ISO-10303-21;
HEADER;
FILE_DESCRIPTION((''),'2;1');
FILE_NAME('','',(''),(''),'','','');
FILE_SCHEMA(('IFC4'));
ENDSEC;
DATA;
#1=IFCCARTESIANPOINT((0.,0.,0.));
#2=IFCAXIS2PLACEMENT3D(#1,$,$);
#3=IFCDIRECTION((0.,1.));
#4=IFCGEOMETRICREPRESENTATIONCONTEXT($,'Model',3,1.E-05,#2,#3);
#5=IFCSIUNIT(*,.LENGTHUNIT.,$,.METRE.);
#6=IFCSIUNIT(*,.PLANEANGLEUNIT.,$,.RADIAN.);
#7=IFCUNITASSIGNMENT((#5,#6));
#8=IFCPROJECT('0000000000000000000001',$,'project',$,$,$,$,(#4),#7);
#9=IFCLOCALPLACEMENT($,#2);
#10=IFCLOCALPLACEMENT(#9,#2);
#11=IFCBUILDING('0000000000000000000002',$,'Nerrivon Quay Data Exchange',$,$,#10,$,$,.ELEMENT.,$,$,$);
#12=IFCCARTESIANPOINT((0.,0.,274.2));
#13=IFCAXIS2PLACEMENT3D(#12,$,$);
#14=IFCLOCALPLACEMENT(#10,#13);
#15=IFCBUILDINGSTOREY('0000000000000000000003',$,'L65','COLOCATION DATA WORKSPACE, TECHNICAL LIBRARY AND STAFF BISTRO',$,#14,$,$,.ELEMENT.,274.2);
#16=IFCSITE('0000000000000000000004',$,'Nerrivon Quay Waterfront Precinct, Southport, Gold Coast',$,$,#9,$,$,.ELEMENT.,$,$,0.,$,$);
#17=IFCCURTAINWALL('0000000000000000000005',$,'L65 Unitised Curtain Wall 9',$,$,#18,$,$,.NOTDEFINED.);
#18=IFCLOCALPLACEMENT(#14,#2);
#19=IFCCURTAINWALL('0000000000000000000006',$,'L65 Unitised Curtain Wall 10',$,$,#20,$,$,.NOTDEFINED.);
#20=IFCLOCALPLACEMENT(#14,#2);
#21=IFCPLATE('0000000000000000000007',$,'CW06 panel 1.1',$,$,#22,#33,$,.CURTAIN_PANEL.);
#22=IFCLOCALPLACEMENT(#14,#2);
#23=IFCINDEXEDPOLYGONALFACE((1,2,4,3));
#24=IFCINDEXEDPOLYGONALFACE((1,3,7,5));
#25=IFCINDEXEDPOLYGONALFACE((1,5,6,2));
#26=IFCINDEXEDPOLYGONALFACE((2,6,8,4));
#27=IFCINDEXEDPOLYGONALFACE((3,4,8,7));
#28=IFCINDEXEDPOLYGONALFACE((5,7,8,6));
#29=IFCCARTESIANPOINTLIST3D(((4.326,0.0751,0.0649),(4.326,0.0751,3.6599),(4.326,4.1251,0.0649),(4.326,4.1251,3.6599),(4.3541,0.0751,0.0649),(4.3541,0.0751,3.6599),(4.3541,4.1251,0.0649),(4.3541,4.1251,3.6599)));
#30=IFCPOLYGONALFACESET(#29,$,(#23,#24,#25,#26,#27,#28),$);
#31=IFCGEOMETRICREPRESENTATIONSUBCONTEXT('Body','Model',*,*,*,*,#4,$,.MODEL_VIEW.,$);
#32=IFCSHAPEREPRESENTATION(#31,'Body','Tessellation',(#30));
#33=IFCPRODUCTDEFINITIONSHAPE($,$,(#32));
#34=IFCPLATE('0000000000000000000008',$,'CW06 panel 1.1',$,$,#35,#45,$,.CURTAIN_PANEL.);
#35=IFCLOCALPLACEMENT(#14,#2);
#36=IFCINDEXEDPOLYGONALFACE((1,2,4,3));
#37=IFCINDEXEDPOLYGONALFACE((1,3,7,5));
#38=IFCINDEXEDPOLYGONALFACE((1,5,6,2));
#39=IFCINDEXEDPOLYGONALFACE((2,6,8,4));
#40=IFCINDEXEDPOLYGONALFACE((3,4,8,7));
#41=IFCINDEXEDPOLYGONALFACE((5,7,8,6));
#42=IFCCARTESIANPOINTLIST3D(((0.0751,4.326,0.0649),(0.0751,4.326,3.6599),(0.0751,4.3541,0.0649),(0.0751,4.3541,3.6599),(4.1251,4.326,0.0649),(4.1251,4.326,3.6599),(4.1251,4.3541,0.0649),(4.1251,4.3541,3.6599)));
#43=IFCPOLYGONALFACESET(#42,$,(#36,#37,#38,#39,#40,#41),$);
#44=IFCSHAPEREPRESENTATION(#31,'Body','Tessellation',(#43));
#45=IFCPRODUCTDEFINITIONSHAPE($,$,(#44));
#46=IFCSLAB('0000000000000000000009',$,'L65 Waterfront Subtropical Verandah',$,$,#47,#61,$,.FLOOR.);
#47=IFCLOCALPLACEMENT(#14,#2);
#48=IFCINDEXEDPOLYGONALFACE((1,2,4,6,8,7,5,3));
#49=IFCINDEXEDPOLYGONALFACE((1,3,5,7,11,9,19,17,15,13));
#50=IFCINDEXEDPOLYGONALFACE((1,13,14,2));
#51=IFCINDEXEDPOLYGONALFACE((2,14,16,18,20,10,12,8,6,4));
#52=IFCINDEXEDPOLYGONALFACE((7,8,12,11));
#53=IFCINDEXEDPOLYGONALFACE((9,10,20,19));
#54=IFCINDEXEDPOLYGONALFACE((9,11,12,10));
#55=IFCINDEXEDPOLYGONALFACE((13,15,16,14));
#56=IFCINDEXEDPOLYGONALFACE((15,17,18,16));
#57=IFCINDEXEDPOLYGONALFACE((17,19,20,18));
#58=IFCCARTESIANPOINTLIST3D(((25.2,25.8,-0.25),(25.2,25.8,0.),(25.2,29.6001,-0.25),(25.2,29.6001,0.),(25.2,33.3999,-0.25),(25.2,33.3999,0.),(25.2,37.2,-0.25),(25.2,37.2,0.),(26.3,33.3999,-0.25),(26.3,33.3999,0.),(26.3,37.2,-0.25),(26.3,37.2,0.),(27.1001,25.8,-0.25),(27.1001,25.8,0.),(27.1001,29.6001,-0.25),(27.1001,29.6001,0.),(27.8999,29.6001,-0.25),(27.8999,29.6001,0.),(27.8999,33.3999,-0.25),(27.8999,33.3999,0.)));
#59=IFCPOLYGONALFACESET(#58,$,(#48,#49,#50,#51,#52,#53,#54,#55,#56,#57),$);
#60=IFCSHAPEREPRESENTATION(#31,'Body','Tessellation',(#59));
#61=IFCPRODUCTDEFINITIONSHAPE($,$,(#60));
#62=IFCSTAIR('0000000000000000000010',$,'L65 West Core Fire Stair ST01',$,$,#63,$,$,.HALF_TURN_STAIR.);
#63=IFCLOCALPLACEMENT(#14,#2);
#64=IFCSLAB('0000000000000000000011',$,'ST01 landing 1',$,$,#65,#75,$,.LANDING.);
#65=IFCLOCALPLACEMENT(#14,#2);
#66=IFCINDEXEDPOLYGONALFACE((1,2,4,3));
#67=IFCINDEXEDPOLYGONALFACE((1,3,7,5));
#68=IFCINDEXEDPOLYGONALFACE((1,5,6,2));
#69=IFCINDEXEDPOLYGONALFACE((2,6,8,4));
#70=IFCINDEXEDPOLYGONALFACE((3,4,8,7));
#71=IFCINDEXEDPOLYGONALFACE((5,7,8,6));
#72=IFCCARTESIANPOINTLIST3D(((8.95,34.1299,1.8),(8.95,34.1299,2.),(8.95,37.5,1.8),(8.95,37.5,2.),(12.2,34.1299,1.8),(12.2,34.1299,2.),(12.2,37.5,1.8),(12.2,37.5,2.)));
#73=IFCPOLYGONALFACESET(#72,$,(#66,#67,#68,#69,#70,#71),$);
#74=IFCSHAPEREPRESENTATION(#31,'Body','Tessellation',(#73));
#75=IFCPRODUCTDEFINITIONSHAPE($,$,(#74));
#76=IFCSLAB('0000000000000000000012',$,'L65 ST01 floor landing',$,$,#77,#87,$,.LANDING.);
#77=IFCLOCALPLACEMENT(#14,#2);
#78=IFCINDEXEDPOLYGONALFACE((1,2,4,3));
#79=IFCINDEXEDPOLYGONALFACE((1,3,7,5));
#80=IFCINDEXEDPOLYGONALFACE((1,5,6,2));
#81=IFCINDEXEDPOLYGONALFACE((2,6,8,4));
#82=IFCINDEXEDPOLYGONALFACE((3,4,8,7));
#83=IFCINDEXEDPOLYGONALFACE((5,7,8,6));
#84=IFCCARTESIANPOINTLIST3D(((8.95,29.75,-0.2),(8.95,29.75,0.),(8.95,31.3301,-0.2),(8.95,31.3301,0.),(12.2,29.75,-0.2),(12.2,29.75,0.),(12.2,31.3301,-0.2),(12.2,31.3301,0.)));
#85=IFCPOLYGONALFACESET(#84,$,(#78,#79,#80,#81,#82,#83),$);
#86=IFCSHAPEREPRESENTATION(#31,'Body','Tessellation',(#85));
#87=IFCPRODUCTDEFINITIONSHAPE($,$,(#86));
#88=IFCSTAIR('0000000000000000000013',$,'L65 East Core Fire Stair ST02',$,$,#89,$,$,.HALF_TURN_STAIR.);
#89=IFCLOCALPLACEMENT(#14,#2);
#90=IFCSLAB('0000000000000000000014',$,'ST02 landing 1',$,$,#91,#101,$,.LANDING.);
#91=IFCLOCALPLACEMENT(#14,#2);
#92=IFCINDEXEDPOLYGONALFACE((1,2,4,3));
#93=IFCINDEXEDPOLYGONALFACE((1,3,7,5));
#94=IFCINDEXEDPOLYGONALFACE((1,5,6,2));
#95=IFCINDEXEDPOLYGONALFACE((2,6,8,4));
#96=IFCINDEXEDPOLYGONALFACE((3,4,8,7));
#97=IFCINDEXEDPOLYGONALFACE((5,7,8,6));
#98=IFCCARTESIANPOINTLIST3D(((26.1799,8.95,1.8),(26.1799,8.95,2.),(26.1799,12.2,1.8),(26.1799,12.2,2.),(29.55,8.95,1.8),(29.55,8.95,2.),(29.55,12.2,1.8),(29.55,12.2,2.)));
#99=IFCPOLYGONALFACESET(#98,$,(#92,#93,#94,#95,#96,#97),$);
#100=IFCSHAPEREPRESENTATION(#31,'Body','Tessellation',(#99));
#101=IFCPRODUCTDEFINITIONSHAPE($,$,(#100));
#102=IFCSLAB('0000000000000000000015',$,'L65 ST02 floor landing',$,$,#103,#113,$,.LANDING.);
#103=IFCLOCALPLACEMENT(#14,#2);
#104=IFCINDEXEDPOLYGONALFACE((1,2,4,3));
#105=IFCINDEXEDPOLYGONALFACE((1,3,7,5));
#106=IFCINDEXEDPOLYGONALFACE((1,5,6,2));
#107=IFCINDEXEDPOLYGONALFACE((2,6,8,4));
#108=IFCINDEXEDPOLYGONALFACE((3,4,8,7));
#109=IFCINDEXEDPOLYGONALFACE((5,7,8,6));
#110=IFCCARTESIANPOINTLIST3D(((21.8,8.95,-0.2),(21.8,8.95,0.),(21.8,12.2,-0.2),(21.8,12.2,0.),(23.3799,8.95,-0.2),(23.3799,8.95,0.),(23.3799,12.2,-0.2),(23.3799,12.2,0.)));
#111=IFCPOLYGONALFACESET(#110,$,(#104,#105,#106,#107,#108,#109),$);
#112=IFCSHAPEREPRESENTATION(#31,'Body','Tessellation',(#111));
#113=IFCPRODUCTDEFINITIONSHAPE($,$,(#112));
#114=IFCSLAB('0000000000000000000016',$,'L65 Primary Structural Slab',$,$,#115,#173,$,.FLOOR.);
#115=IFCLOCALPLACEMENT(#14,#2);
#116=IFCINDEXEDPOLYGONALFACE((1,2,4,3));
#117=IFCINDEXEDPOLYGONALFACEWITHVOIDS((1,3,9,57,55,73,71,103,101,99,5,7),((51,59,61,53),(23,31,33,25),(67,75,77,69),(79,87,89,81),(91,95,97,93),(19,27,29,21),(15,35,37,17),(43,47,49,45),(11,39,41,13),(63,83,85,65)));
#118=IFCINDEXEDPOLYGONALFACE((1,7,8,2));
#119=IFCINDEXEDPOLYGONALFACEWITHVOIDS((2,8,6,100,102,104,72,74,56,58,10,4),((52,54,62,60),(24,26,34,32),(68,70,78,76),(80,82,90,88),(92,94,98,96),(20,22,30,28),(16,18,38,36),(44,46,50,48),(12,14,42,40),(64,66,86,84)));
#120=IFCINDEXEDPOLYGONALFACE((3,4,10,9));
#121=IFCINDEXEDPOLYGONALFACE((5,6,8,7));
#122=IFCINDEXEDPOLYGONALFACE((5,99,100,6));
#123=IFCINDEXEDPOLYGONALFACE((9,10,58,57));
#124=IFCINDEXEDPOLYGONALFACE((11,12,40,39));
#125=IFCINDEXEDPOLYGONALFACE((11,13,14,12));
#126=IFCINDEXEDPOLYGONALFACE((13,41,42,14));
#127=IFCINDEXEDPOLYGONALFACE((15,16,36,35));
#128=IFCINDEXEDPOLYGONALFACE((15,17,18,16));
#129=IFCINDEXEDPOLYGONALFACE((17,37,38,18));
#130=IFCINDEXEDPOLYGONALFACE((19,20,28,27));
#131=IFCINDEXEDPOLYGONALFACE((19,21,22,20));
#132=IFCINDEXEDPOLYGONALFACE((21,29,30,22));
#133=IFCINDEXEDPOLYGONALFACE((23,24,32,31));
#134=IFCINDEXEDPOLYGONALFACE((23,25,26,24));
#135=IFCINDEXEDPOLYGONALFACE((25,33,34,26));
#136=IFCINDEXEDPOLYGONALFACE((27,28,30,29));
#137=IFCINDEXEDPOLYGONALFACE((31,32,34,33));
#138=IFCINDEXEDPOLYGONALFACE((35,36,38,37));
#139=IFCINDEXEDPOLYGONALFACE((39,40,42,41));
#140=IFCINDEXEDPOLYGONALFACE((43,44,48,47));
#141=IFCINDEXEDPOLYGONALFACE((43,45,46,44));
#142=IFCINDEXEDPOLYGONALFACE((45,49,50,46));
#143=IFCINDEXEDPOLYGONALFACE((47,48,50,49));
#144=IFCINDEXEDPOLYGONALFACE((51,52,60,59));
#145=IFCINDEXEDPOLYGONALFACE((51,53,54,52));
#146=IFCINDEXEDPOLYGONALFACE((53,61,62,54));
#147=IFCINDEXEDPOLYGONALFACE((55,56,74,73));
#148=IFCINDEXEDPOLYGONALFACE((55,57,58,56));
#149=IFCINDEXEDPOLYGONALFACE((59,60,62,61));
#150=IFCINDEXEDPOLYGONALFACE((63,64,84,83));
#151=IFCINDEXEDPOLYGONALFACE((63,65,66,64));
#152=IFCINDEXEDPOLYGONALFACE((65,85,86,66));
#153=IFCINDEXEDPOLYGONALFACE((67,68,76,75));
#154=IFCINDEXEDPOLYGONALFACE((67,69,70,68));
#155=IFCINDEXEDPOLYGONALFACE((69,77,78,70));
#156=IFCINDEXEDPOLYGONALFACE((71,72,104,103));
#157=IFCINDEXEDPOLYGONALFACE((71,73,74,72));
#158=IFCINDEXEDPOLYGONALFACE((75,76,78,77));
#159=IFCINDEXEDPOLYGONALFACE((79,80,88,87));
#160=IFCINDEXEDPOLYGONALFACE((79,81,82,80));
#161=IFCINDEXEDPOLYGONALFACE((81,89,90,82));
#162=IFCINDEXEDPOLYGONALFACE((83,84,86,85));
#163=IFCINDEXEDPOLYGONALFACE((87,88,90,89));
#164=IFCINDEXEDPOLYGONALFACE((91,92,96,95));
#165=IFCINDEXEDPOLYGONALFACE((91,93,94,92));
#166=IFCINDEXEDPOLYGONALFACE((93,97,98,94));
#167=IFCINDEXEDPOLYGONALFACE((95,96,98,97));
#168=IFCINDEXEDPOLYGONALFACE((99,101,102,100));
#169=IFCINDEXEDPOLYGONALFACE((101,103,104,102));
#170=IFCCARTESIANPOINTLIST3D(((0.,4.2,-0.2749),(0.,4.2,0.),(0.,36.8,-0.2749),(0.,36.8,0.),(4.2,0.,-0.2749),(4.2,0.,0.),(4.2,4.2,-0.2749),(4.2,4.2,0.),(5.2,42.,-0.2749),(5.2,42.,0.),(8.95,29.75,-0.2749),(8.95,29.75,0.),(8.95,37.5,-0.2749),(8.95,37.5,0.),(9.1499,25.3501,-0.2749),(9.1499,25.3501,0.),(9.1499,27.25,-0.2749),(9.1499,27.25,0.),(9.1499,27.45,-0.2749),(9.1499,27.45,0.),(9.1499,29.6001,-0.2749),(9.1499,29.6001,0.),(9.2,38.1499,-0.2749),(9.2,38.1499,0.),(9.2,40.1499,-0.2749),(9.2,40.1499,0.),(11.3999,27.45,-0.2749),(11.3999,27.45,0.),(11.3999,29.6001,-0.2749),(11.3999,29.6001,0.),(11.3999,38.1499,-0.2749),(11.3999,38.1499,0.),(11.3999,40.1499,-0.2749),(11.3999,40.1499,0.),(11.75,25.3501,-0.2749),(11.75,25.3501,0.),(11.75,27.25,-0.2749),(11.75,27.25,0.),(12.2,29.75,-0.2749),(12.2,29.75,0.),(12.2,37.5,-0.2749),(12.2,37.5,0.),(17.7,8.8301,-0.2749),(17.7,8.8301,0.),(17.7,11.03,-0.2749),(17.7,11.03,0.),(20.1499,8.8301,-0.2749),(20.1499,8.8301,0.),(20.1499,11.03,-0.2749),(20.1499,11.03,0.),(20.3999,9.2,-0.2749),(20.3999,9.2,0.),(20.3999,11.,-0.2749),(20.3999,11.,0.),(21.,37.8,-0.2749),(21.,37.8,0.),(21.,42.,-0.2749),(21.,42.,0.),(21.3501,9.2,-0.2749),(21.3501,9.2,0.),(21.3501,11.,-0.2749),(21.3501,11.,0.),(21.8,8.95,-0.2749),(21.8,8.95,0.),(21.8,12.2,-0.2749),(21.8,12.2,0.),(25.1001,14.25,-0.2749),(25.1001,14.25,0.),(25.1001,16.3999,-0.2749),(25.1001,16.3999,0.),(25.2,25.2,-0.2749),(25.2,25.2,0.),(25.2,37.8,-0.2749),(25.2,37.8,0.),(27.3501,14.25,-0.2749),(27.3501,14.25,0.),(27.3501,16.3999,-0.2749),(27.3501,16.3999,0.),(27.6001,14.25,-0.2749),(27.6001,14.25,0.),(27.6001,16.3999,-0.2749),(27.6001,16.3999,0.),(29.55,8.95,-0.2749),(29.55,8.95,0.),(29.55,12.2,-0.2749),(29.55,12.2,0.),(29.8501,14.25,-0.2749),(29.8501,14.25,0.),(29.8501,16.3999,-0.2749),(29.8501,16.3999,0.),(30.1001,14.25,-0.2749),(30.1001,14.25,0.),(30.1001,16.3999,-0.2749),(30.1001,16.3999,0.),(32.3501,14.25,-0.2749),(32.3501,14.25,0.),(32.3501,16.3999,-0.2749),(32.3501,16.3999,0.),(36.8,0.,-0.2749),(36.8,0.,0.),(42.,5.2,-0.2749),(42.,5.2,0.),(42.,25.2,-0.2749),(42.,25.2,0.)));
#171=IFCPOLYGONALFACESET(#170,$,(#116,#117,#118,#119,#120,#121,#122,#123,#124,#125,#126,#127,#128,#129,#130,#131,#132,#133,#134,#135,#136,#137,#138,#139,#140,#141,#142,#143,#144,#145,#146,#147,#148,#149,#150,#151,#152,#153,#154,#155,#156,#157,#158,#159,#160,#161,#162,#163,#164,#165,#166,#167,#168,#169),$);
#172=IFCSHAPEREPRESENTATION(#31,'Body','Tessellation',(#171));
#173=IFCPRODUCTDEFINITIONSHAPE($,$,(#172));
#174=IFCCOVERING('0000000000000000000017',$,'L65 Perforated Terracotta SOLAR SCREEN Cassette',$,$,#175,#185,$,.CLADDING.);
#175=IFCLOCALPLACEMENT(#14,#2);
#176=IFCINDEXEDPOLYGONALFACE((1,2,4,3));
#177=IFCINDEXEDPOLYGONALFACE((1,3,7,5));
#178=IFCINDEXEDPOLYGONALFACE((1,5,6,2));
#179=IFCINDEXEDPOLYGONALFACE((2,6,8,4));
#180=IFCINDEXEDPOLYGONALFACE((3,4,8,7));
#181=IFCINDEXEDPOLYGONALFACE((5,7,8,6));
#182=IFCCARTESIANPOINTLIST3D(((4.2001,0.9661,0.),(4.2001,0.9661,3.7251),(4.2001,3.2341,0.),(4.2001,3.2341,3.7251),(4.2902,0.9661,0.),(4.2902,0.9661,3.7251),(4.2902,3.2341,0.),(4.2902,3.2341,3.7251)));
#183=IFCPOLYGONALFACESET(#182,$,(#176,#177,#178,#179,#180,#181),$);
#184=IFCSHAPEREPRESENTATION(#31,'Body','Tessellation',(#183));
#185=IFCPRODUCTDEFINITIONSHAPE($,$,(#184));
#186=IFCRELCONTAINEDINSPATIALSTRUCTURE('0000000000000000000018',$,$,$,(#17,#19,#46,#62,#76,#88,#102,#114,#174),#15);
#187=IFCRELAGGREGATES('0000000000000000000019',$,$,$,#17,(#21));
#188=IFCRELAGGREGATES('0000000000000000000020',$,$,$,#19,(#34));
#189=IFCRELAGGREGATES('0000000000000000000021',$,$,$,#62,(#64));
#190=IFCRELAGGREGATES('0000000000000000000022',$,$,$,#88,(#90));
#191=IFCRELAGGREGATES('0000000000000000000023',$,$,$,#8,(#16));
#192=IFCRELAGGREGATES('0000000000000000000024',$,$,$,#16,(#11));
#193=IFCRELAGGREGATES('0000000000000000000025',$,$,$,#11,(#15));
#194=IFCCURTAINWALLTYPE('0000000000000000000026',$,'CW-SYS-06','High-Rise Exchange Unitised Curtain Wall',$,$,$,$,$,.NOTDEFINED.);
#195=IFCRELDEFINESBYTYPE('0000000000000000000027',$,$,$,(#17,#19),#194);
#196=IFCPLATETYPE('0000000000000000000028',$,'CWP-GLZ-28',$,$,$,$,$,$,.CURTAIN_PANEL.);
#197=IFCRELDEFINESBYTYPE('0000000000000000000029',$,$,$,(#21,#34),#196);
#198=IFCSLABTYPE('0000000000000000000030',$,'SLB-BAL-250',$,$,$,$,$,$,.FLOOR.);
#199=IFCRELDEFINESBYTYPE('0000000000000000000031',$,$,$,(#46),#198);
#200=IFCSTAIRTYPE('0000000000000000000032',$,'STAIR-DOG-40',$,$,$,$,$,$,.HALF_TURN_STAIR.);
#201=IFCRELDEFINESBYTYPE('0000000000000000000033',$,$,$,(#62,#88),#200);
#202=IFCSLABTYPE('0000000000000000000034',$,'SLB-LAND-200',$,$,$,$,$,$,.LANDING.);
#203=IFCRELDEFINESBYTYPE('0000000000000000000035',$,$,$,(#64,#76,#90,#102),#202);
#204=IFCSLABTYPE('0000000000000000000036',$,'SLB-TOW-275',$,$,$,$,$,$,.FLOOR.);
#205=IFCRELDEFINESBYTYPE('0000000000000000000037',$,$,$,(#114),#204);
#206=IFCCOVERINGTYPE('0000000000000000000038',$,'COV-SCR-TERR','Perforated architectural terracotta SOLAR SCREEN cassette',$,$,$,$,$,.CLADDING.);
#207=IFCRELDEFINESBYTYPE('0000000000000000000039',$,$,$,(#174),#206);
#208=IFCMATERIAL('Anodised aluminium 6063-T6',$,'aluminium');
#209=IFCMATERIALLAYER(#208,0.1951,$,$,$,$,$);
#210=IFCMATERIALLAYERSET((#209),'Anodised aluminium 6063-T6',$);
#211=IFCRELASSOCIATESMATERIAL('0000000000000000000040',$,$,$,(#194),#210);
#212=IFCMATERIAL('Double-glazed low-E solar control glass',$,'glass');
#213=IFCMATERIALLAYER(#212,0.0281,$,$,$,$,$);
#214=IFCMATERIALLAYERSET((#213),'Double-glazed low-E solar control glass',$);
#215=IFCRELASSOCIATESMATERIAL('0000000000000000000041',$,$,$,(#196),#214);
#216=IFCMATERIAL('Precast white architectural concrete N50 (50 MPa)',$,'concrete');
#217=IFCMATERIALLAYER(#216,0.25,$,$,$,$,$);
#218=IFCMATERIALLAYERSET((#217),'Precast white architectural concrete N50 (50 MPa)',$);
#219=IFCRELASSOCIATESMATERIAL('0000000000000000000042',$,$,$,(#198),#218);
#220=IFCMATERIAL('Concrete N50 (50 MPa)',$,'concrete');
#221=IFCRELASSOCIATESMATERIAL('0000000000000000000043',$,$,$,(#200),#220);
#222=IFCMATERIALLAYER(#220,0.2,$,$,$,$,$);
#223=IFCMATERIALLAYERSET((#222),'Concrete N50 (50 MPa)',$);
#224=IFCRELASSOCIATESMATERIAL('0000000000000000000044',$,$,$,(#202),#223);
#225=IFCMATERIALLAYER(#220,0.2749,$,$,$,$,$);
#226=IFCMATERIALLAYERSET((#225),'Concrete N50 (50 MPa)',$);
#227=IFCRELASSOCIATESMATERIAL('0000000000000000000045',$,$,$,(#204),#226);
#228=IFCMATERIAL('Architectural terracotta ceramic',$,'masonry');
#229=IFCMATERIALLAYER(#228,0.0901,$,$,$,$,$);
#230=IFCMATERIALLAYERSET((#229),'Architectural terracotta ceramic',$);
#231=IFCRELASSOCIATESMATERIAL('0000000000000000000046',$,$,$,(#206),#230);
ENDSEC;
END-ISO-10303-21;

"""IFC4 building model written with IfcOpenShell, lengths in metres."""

from ifc_helpers import new_model, si_unit, direction, frame, origin, origin_2d, place, context, subcontext, project, spatial, polyline, rectangle, outline, extrude, material, layer, layer_set, type_object, element, aggregate, save


model = new_model("IFC4")

# Units and contexts
model_context = context("Model", 3, precision=1e-05, world=origin(), true_north=direction((0.0, 1.0)))
body_context = subcontext(model_context, "Body", "Model", "MODEL_VIEW")
ifc_project = project(units=[si_unit("LENGTHUNIT", "METRE"), si_unit("PLANEANGLEUNIT", "RADIAN")], contexts=[model_context])

# Site, building, storey
site_placement = place(None, origin())
site = spatial("IfcSite", under=ifc_project, at=site_placement, Name="Nerrivon Quay Waterfront Precinct, Southport, Gold Coast", CompositionType="ELEMENT", RefElevation=0.0)
building_placement = place(site_placement, origin())
building = spatial("IfcBuilding", under=site, at=building_placement, Name="Nerrivon Quay Data Exchange", CompositionType="ELEMENT")
storey_placement = place(building_placement, frame((0.0, 0.0, 274.2)))
storey = spatial("IfcBuildingStorey", under=building, at=storey_placement, Name="L65", Description="COLOCATION DATA WORKSPACE, TECHNICAL LIBRARY AND STAFF BISTRO", CompositionType="ELEMENT", Elevation=274.2)

# Curtain wall
ifc_material_1 = material(Name="Anodised aluminium 6063-T6", Category="aluminium")
ifc_layer_1 = layer(ifc_material_1, 0.1951)
ifc_layer_set_1 = layer_set([ifc_layer_1], Name="Anodised aluminium 6063-T6")
curtain_wall_type = type_object("IfcCurtainWallType", Name="CW-SYS-06", Description="High-Rise Exchange Unitised Curtain Wall", PredefinedType="NOTDEFINED", material=ifc_layer_set_1)
curtain_wall_1_placement = place(storey_placement, origin())
curtain_wall_1 = element("IfcCurtainWall", 1, at=curtain_wall_1_placement, inside=storey, type_object=curtain_wall_type, Name="L65 Unitised Curtain Wall 9", PredefinedType="NOTDEFINED")

# Curtain wall
curtain_wall_2_placement = place(storey_placement, origin())
curtain_wall_2 = element("IfcCurtainWall", 2, at=curtain_wall_2_placement, inside=storey, type_object=curtain_wall_type, Name="L65 Unitised Curtain Wall 10", PredefinedType="NOTDEFINED")

# Plates
ifc_material_2 = material(Name="Double-glazed low-E solar control glass", Category="glass")
ifc_layer_2 = layer(ifc_material_2, 0.0281)
ifc_layer_set_2 = layer_set([ifc_layer_2], Name="Double-glazed low-E solar control glass")
plate_type = type_object("IfcPlateType", Name="CWP-GLZ-28", PredefinedType="CURTAIN_PANEL", material=ifc_layer_set_2)
plate_1_placement = place(storey_placement, frame((4.3401, 2.1001, 0.0649), z_axis=(0.0, 0.0, 1.0), x_axis=(0.0, 1.0, 0.0)))
plate_1 = element("IfcPlate", 3, at=plate_1_placement, type_object=plate_type, Name="CW06 panel 1.1", PredefinedType="CURTAIN_PANEL", context=body_context, shape_type="SweptSolid", body=[
    extrude(rectangle(XDim=4.05, YDim=0.0281, at=origin_2d()), origin(), (0.0, 0.0, 1.0), 3.595),
])
aggregate(curtain_wall_1, [plate_1])
plate_2_placement = place(storey_placement, frame((2.1001, 4.3401, 0.0649), z_axis=(0.0, 0.0, 1.0), x_axis=(-1.0, 0.0, 0.0)))
plate_2 = element("IfcPlate", 4, at=plate_2_placement, type_object=plate_type, Name="CW06 panel 1.1", PredefinedType="CURTAIN_PANEL", context=body_context, shape_type="SweptSolid", body=[
    extrude(rectangle(XDim=4.05, YDim=0.0281, at=origin_2d()), origin(), (0.0, 0.0, 1.0), 3.595),
])
aggregate(curtain_wall_2, [plate_2])

# Slab
ifc_material_3 = material(Name="Precast white architectural concrete N50 (50 MPa)", Category="concrete")
ifc_layer_3 = layer(ifc_material_3, 0.25)
ifc_layer_set_3 = layer_set([ifc_layer_3], Name="Precast white architectural concrete N50 (50 MPa)")
slab_type_1 = type_object("IfcSlabType", Name="SLB-BAL-250", PredefinedType="FLOOR", material=ifc_layer_set_3)
slab_1_placement = place(storey_placement, frame((0.0, 0.0, -0.25)))
element("IfcSlab", 5, at=slab_1_placement, inside=storey, type_object=slab_type_1, Name="L65 Waterfront Subtropical Verandah", PredefinedType="FLOOR", context=body_context, shape_type="SweptSolid", body=[
    extrude(outline(polyline([(27.1001, 29.6001), (27.8999, 29.6001), (27.8999, 33.3999), (26.3, 33.3999), (26.3, 37.2), (25.2, 37.2), (25.2, 33.3999), (25.2, 29.6001), (25.2, 25.8), (27.1001, 25.8), (27.1001, 29.6001)])), origin(), (0.0, 0.0, 1.0), 0.25),
])

# Stair, slab
ifc_material_4 = material(Name="Concrete N50 (50 MPa)", Category="concrete")
stair_type = type_object("IfcStairType", Name="STAIR-DOG-40", PredefinedType="HALF_TURN_STAIR", material=ifc_material_4)
stair_1_placement = place(storey_placement, origin())
stair_1 = element("IfcStair", 6, at=stair_1_placement, inside=storey, type_object=stair_type, Name="L65 West Core Fire Stair ST01", PredefinedType="HALF_TURN_STAIR")
ifc_layer_4 = layer(ifc_material_4, 0.2)
ifc_layer_set_4 = layer_set([ifc_layer_4], Name="Concrete N50 (50 MPa)")
slab_type_2 = type_object("IfcSlabType", Name="SLB-LAND-200", PredefinedType="LANDING", material=ifc_layer_set_4)
slab_2_placement = place(storey_placement, frame((0.0, 0.0, 1.8)))
slab_2 = element("IfcSlab", 7, at=slab_2_placement, type_object=slab_type_2, Name="ST01 landing 1", PredefinedType="LANDING", context=body_context, shape_type="SweptSolid", body=[
    extrude(outline(polyline([(12.2, 34.1299), (12.2, 37.5), (8.95, 37.5), (8.95, 34.1299), (12.2, 34.1299)])), origin(), (0.0, 0.0, 1.0), 0.2),
])
aggregate(stair_1, [slab_2])

# Slab
slab_3_placement = place(storey_placement, frame((0.0, 0.0, -0.2)))
element("IfcSlab", 8, at=slab_3_placement, inside=storey, type_object=slab_type_2, Name="L65 ST01 floor landing", PredefinedType="LANDING", context=body_context, shape_type="SweptSolid", body=[
    extrude(outline(polyline([(12.2, 29.75), (12.2, 31.3301), (8.95, 31.3301), (8.95, 29.75), (12.2, 29.75)])), origin(), (0.0, 0.0, 1.0), 0.2),
])

# Stair, slab
stair_2_placement = place(storey_placement, origin())
stair_2 = element("IfcStair", 9, at=stair_2_placement, inside=storey, type_object=stair_type, Name="L65 East Core Fire Stair ST02", PredefinedType="HALF_TURN_STAIR")
slab_4_placement = place(storey_placement, frame((0.0, 0.0, 1.8)))
slab_4 = element("IfcSlab", 10, at=slab_4_placement, type_object=slab_type_2, Name="ST02 landing 1", PredefinedType="LANDING", context=body_context, shape_type="SweptSolid", body=[
    extrude(outline(polyline([(26.1799, 8.95), (29.55, 8.95), (29.55, 12.2), (26.1799, 12.2), (26.1799, 8.95)])), origin(), (0.0, 0.0, 1.0), 0.2),
])
aggregate(stair_2, [slab_4])

# Slabs
slab_5_placement = place(storey_placement, frame((0.0, 0.0, -0.2)))
element("IfcSlab", 11, at=slab_5_placement, inside=storey, type_object=slab_type_2, Name="L65 ST02 floor landing", PredefinedType="LANDING", context=body_context, shape_type="SweptSolid", body=[
    extrude(outline(polyline([(21.8, 8.95), (23.3799, 8.95), (23.3799, 12.2), (21.8, 12.2), (21.8, 8.95)])), origin(), (0.0, 0.0, 1.0), 0.2),
])
ifc_layer_5 = layer(ifc_material_4, 0.2749)
ifc_layer_set_5 = layer_set([ifc_layer_5], Name="Concrete N50 (50 MPa)")
slab_type_3 = type_object("IfcSlabType", Name="SLB-TOW-275", PredefinedType="FLOOR", material=ifc_layer_set_5)
slab_6_placement = place(storey_placement, frame((0.0, 0.0, -0.2749)))
element("IfcSlab", 12, at=slab_6_placement, inside=storey, type_object=slab_type_3, Name="L65 Primary Structural Slab", PredefinedType="FLOOR", context=body_context, shape_type="SweptSolid", body=[
    extrude(outline(polyline([(42.0, 25.2), (25.2, 25.2), (25.2, 37.8), (21.0, 37.8), (21.0, 42.0), (5.2, 42.0), (0.0, 36.8), (0.0, 4.2), (4.2, 4.2), (4.2, 0.0), (36.8, 0.0), (42.0, 5.2), (42.0, 25.2)]), holes=[polyline([(8.95, 29.75), (8.95, 37.5), (12.2, 37.5), (12.2, 29.75), (8.95, 29.75)]), polyline([(21.8, 12.2), (29.55, 12.2), (29.55, 8.95), (21.8, 8.95), (21.8, 12.2)]), polyline([(30.1001, 14.25), (30.1001, 16.3999), (32.3501, 16.3999), (32.3501, 14.25), (30.1001, 14.25)]), polyline([(27.6001, 14.25), (27.6001, 16.3999), (29.8501, 16.3999), (29.8501, 14.25), (27.6001, 14.25)]), polyline([(25.1001, 14.25), (25.1001, 16.3999), (27.3501, 16.3999), (27.3501, 14.25), (25.1001, 14.25)]), polyline([(20.3999, 9.2), (20.3999, 11.0), (21.3501, 11.0), (21.3501, 9.2), (20.3999, 9.2)]), polyline([(17.7, 8.8301), (17.7, 11.03), (20.1499, 11.03), (20.1499, 8.8301), (17.7, 8.8301)]), polyline([(9.1499, 25.3501), (9.1499, 27.25), (11.75, 27.25), (11.75, 25.3501), (9.1499, 25.3501)]), polyline([(9.1499, 27.45), (9.1499, 29.6001), (11.3999, 29.6001), (11.3999, 27.45), (9.1499, 27.45)]), polyline([(9.2, 38.1499), (9.2, 40.1499), (11.3999, 40.1499), (11.3999, 38.1499), (9.2, 38.1499)])]), origin(), (0.0, 0.0, 1.0), 0.2749),
])

# Covering
ifc_material_5 = material(Name="Architectural terracotta ceramic", Category="masonry")
ifc_layer_6 = layer(ifc_material_5, 0.0901)
ifc_layer_set_6 = layer_set([ifc_layer_6], Name="Architectural terracotta ceramic")
covering_type = type_object("IfcCoveringType", Name="COV-SCR-TERR", Description="Perforated architectural terracotta SOLAR SCREEN cassette", PredefinedType="CLADDING", material=ifc_layer_set_6)
for number, where, z_axis, x_axis, name in (
    (13, (4.2451, 2.1001, 0.0), (0.0, 0.0, 1.0), (0.0, 1.0, 0.0), "L65 Perforated Terracotta SOLAR SCREEN Cassette"),
):
    element("IfcCovering", number, at=place(storey_placement, frame(where, z_axis=z_axis, x_axis=x_axis)), inside=storey, type_object=covering_type, Name=name, PredefinedType="CLADDING", context=body_context, shape_type="SweptSolid", body=[
        extrude(rectangle(XDim=2.2681, YDim=0.0901, at=origin_2d()), origin(), (0.0, 0.0, 1.0), 3.7251),
    ])

save(model, "model.ifc")
